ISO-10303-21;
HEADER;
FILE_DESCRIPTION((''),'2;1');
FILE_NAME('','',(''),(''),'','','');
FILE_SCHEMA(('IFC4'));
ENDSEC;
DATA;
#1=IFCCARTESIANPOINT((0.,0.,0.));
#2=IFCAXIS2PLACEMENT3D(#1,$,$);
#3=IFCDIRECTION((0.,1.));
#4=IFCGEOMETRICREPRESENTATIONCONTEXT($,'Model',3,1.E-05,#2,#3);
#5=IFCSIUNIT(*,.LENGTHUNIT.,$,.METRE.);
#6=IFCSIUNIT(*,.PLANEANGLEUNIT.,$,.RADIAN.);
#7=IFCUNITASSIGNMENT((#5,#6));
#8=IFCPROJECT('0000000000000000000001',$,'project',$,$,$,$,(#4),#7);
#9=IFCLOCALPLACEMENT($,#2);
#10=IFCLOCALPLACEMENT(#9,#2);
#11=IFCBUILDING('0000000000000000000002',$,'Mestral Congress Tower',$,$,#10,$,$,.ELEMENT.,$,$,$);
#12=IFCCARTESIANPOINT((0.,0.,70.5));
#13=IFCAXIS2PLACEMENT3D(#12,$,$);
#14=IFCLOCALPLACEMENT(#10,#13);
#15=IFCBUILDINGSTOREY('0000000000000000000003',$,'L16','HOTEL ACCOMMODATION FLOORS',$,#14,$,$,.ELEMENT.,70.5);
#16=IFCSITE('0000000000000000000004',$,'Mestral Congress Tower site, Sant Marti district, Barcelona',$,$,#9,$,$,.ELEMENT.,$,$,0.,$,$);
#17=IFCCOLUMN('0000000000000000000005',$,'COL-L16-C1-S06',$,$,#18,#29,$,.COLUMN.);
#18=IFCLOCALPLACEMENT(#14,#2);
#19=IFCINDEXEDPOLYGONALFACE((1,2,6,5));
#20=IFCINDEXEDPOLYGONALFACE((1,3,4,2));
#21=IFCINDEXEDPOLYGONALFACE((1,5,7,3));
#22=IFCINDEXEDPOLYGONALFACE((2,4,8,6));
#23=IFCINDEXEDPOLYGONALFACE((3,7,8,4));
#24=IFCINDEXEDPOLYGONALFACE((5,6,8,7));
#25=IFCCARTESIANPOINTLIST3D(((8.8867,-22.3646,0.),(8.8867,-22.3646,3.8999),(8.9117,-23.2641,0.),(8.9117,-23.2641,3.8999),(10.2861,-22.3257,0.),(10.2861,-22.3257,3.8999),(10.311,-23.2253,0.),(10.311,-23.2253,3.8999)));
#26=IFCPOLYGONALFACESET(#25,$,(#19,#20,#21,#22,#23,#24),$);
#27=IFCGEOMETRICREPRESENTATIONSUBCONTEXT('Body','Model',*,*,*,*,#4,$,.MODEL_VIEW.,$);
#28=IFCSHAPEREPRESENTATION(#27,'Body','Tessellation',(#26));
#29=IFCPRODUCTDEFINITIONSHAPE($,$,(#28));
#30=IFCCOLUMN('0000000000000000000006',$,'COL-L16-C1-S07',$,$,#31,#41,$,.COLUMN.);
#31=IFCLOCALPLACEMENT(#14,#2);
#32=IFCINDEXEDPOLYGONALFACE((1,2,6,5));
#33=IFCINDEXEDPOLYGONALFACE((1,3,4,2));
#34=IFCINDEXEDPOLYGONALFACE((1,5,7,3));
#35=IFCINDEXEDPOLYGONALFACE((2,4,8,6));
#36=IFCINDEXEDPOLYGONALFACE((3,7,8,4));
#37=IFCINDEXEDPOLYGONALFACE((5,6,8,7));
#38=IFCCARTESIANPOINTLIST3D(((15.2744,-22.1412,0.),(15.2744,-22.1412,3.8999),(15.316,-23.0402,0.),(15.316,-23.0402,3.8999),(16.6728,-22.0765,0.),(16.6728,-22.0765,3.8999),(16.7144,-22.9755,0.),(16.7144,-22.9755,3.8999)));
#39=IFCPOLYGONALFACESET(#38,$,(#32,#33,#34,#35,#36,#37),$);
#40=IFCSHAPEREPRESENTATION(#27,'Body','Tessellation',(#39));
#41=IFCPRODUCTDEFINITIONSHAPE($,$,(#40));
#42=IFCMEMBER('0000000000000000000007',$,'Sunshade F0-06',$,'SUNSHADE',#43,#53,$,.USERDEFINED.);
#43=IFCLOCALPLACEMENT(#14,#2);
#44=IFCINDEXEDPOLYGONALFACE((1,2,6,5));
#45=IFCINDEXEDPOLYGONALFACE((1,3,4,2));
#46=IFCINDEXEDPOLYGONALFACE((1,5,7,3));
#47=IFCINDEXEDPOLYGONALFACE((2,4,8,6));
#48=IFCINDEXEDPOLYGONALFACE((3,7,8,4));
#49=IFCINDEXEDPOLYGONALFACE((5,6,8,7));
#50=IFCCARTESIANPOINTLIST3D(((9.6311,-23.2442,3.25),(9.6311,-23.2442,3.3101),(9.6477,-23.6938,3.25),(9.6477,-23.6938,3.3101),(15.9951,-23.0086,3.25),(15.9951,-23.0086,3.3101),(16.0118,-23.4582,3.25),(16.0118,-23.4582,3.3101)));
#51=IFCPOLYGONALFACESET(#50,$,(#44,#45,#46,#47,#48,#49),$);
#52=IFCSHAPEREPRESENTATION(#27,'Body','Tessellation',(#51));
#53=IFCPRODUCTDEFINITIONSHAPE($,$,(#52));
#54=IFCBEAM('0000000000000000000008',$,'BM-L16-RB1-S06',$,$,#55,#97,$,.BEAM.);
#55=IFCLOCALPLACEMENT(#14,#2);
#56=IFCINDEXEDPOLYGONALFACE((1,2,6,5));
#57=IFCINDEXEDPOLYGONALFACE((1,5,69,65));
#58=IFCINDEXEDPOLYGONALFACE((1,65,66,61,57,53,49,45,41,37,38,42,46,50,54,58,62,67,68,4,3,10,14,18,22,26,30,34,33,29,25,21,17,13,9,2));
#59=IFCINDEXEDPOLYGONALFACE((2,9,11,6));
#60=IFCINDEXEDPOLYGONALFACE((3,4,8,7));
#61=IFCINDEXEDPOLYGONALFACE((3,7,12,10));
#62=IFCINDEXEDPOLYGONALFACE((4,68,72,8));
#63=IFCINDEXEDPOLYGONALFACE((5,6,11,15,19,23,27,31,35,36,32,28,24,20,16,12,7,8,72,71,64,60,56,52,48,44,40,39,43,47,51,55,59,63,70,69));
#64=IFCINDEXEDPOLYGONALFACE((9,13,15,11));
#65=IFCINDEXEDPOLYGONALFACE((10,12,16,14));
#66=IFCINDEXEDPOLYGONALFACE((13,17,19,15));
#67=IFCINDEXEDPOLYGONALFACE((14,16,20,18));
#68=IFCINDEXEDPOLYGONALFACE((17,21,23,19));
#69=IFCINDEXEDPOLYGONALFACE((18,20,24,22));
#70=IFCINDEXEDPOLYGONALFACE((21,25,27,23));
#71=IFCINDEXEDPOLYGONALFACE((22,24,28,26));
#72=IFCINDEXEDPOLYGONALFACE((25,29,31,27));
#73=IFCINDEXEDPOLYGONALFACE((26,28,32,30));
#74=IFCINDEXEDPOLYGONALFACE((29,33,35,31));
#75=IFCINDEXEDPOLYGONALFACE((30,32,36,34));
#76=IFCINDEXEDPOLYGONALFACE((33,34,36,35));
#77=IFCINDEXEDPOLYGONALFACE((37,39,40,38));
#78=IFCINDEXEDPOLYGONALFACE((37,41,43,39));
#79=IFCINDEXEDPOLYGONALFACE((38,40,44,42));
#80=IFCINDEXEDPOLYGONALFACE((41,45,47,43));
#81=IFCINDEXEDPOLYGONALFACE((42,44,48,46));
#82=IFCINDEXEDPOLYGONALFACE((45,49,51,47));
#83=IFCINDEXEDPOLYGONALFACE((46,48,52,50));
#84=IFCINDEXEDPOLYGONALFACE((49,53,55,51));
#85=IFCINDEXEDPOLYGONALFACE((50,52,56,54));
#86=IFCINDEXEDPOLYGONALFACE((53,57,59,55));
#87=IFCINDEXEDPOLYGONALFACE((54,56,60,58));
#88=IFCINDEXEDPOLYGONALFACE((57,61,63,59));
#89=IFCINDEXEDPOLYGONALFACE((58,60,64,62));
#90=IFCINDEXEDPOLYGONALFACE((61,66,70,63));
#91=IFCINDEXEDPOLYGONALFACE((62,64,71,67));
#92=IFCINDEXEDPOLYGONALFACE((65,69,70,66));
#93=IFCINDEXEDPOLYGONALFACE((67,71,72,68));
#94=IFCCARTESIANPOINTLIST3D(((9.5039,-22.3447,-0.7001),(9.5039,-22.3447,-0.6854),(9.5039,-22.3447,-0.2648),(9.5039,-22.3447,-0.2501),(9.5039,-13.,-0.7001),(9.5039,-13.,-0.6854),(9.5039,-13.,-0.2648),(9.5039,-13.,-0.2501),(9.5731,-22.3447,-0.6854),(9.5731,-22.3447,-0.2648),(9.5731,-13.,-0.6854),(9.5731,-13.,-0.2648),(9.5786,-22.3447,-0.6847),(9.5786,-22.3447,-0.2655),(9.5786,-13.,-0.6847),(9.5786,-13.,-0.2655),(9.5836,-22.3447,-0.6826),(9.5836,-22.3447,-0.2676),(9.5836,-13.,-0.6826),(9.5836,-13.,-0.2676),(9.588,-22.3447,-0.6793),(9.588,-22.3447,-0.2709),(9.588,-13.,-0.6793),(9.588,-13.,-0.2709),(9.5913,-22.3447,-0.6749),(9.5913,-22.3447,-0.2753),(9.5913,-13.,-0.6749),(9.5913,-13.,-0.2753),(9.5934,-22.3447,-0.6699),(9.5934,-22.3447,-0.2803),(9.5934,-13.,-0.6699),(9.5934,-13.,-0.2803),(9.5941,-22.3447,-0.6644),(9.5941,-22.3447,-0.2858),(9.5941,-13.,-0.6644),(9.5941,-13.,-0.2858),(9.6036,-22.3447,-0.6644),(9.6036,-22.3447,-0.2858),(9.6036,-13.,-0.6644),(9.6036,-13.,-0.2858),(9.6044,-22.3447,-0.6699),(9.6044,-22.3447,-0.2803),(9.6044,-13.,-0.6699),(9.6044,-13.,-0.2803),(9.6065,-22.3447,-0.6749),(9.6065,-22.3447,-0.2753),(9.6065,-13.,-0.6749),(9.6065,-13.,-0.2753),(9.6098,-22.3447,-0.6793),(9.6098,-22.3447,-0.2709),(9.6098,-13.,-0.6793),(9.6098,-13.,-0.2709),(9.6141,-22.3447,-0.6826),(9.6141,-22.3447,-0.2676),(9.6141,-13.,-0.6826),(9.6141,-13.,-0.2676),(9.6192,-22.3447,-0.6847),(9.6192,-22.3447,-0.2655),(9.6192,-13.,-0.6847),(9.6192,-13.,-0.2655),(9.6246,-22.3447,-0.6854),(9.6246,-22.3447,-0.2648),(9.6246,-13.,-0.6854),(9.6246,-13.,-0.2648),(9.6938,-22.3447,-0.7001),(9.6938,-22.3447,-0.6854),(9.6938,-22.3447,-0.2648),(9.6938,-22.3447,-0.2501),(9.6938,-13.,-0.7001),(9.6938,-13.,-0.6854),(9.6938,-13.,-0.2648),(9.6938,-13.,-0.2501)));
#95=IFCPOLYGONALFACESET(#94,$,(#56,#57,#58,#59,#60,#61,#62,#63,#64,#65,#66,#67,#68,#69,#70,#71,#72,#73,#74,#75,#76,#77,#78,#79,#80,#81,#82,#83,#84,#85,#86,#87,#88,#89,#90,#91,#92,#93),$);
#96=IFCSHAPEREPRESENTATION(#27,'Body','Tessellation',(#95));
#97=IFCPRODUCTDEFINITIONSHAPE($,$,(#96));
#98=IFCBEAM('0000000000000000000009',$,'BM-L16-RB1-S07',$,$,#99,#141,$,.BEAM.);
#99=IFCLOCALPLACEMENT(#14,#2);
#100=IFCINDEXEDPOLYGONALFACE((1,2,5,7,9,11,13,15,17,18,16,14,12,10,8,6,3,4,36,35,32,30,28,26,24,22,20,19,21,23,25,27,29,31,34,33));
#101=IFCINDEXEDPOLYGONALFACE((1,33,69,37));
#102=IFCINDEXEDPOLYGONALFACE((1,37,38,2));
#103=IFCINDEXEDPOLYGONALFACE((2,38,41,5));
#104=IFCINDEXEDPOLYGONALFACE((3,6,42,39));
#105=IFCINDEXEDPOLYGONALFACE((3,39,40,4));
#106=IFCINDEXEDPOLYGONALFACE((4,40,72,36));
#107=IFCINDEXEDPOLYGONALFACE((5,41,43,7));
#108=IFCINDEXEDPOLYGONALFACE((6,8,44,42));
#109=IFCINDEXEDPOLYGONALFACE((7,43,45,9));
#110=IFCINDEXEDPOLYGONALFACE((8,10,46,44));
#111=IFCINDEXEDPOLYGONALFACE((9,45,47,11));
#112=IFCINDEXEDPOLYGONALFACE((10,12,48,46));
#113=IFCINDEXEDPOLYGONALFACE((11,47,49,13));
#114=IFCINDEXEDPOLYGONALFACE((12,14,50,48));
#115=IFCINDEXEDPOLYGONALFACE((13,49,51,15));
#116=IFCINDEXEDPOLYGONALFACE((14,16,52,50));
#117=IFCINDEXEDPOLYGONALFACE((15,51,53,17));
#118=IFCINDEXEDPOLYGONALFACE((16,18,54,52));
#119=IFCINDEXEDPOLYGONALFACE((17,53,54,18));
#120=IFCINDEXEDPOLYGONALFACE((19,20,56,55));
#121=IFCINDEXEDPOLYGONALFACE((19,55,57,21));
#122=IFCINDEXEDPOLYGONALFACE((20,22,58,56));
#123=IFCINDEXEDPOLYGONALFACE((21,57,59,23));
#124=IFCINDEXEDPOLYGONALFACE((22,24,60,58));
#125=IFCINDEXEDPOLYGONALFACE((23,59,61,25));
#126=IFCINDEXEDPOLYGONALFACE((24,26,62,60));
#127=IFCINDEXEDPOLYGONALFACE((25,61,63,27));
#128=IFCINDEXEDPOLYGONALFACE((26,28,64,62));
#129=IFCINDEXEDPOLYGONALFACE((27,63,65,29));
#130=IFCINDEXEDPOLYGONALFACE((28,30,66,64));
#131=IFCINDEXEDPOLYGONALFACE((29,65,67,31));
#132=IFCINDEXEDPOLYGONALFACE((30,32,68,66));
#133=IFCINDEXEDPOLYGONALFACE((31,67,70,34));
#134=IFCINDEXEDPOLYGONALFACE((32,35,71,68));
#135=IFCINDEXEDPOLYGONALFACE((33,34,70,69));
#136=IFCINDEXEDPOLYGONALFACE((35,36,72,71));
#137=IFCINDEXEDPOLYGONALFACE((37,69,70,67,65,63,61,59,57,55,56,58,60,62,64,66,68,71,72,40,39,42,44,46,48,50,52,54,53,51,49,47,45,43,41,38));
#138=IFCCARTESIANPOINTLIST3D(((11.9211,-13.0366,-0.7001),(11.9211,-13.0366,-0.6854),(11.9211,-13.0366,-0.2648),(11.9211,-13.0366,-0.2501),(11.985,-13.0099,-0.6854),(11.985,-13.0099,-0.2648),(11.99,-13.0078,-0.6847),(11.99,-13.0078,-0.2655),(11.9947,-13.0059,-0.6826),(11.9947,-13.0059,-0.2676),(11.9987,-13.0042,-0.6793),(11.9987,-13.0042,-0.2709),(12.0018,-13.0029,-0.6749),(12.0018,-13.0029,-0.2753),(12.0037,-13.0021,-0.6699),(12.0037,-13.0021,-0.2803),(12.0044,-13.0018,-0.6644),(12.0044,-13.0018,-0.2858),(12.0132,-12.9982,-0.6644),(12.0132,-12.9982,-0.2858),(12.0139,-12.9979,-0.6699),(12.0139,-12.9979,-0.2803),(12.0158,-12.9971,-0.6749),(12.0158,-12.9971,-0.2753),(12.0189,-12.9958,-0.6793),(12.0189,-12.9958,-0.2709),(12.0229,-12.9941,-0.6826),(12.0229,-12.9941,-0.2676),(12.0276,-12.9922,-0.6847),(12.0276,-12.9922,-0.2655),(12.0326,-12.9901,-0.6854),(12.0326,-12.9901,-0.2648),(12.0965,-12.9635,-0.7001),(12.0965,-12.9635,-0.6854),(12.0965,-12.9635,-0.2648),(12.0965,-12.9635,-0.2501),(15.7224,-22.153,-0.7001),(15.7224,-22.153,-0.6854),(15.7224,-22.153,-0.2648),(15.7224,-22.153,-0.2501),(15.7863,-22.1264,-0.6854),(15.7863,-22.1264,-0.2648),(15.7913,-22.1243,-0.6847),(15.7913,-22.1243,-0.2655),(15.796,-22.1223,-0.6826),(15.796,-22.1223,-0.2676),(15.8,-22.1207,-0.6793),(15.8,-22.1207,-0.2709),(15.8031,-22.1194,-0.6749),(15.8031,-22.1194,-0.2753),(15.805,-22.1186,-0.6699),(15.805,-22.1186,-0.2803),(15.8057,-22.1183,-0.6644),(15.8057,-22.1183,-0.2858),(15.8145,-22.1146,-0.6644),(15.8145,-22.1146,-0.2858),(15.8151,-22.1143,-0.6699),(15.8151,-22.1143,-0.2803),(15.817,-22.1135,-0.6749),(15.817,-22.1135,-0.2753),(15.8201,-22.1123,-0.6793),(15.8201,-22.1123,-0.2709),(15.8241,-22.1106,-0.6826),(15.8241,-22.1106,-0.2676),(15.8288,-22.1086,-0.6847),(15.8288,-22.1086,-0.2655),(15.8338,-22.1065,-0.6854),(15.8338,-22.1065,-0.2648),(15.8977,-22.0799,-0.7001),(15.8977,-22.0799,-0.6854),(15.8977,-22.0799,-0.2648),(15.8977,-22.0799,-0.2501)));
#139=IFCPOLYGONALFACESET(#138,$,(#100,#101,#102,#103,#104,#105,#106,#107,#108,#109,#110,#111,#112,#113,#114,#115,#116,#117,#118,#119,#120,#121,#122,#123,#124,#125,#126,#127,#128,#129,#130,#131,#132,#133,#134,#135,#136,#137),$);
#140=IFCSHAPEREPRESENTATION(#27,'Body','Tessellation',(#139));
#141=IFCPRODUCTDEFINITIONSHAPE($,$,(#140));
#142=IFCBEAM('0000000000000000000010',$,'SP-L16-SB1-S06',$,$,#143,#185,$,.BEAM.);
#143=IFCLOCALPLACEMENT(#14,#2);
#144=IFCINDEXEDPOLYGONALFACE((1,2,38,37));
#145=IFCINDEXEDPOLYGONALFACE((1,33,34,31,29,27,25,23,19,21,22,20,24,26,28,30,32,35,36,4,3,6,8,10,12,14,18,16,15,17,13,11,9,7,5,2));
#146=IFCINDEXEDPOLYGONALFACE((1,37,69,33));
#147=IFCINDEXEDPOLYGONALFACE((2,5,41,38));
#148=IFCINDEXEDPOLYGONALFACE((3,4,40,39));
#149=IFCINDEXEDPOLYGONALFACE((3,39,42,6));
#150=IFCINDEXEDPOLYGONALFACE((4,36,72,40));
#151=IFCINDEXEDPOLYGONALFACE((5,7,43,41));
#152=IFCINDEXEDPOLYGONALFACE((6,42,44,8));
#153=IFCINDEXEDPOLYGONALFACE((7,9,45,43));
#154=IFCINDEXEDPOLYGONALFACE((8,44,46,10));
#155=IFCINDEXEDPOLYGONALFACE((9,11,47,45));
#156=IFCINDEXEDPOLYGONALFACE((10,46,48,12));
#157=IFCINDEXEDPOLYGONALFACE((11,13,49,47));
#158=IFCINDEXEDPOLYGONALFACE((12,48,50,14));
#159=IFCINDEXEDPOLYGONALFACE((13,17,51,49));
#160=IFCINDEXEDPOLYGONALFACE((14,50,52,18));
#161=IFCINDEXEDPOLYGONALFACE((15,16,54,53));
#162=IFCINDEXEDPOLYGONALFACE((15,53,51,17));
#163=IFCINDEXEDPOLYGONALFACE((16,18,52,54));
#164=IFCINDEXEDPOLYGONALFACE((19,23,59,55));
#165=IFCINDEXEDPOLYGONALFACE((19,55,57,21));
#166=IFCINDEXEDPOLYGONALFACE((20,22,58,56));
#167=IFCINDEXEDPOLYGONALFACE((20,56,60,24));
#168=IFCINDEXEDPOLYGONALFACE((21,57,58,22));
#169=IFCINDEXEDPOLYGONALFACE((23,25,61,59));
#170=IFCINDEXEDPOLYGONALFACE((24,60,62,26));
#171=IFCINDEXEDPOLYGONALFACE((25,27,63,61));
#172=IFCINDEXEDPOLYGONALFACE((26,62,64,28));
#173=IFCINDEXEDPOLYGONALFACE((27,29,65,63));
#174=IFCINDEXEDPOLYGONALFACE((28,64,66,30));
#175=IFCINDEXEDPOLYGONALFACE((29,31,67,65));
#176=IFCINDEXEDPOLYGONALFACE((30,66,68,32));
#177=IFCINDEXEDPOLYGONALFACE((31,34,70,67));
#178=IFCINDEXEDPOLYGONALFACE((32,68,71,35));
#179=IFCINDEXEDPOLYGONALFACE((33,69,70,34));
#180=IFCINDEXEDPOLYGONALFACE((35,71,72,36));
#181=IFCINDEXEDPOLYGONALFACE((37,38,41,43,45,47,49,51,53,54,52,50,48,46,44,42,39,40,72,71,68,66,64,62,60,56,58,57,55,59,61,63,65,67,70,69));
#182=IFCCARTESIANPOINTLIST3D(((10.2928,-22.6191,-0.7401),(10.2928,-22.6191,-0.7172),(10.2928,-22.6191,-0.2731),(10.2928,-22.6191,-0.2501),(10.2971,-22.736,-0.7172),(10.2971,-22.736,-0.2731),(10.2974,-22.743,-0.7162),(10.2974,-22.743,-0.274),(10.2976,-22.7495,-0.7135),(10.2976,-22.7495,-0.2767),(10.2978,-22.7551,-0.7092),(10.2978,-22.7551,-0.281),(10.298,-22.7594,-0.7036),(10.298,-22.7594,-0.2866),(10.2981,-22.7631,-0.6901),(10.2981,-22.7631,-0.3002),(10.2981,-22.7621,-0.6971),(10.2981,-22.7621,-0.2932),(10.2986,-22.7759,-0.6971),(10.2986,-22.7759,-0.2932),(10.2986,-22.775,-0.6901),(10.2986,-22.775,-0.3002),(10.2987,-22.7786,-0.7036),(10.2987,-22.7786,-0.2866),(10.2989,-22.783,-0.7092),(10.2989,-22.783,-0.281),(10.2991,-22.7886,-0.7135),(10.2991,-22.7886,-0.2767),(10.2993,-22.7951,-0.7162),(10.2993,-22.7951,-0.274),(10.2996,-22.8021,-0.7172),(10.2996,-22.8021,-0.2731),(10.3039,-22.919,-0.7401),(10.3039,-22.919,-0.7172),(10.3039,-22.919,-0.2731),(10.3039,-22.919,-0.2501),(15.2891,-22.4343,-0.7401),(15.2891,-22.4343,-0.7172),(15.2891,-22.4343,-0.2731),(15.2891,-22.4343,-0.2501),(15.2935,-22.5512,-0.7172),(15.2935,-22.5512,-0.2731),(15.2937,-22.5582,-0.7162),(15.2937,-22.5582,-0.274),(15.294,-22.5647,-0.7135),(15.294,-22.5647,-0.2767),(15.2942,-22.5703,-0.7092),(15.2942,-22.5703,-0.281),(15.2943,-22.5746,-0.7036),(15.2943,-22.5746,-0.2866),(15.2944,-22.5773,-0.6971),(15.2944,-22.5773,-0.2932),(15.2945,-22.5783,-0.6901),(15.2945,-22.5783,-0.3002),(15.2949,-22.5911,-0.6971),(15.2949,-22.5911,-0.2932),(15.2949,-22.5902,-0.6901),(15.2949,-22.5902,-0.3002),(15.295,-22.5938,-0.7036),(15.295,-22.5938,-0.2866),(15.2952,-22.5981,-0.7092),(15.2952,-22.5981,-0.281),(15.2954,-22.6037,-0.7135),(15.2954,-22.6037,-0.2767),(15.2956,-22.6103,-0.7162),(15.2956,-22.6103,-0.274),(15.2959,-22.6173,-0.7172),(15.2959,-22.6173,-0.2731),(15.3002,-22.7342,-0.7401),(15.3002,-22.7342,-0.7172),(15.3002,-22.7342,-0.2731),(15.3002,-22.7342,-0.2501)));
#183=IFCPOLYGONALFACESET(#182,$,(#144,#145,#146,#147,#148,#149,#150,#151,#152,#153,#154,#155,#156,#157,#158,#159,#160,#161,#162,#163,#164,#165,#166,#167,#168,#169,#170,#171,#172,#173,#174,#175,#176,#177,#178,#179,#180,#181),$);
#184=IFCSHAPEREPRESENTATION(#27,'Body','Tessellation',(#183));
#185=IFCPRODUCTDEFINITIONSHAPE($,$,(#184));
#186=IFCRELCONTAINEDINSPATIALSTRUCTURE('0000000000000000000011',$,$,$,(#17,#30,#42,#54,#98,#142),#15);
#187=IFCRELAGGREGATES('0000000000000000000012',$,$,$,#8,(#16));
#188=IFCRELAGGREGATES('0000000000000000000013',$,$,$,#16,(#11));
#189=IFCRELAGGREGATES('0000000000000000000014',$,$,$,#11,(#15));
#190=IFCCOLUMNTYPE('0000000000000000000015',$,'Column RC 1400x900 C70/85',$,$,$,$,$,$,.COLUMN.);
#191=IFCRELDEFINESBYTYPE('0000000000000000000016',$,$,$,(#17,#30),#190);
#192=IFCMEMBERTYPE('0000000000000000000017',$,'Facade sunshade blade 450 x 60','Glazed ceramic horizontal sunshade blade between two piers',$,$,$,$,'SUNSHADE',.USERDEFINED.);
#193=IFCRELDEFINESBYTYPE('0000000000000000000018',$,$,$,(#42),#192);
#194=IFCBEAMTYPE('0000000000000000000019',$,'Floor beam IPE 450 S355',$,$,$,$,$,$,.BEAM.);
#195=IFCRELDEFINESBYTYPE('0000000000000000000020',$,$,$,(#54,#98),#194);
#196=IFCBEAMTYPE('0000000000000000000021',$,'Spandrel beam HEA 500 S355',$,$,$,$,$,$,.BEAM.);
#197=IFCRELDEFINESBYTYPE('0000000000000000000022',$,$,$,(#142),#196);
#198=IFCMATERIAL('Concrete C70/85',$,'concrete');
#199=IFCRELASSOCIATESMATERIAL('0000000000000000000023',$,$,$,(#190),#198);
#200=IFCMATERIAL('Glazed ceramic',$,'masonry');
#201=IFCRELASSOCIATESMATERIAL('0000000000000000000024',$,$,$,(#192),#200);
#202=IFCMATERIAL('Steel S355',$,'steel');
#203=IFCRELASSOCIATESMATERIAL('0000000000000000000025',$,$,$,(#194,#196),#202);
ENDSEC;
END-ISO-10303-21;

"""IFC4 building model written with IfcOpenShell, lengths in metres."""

from ifc_helpers import new_model, si_unit, direction, frame, origin, origin_2d, place, context, subcontext, project, spatial, rectangle, i_section, extrude, material, material_profile, profile_set, type_object, element, save


model = new_model("IFC4")

# Units and contexts
model_context = context("Model", 3, precision=1e-05, world=origin(), true_north=direction((0.0, 1.0)))
body_context = subcontext(model_context, "Body", "Model", "MODEL_VIEW")
ifc_project = project(units=[si_unit("LENGTHUNIT", "METRE"), si_unit("PLANEANGLEUNIT", "RADIAN")], contexts=[model_context])

# Site, building, storey
site_placement = place(None, origin())
site = spatial("IfcSite", under=ifc_project, at=site_placement, Name="Mestral Congress Tower site, Sant Marti district, Barcelona", CompositionType="ELEMENT", RefElevation=0.0)
building_placement = place(site_placement, origin())
building = spatial("IfcBuilding", under=site, at=building_placement, Name="Mestral Congress Tower", CompositionType="ELEMENT")
storey_placement = place(building_placement, frame((0.0, 0.0, 70.5)))
storey = spatial("IfcBuildingStorey", under=building, at=storey_placement, Name="L16", Description="HOTEL ACCOMMODATION FLOORS", CompositionType="ELEMENT", Elevation=70.5)

# Columns
ifc_material_1 = material(Name="Concrete C70/85", Category="concrete")
ifc_material_profile_1 = material_profile(ifc_material_1, rectangle(XDim=1.3999, YDim=0.8999, at=origin_2d()), Name="RC 1400x900")
ifc_profile_set_1 = profile_set([ifc_material_profile_1], Name="Concrete C70/85")
column_type = type_object("IfcColumnType", Name="Column RC 1400x900 C70/85", PredefinedType="COLUMN", material=ifc_profile_set_1)
for number, where, z_axis, x_axis, name in (
    (1, (9.5989, -22.7949, 0.0), (0.0, 0.0, 1.0), (0.999616, 0.027726, 0.0), "COL-L16-C1-S06"),
    (2, (15.9944, -22.5583, 0.0), (0.0, 0.0, 1.0), (0.998932, 0.0462, 0.0), "COL-L16-C1-S07"),
):
    element("IfcColumn", number, at=place(storey_placement, frame(where, z_axis=z_axis, x_axis=x_axis)), inside=storey, type_object=column_type, Name=name, PredefinedType="COLUMN", context=body_context, shape_type="SweptSolid", body=[
        extrude(rectangle(XDim=1.3999, YDim=0.8999, at=origin_2d()), origin(), (0.0, 0.0, 1.0), 3.8999),
    ])

# Member
ifc_material_2 = material(Name="Glazed ceramic", Category="masonry")
ifc_material_profile_2 = material_profile(ifc_material_2, rectangle(XDim=0.45, YDim=0.0601, at=origin_2d()), Name="Ceramic blade 450 x 60")
ifc_profile_set_2 = profile_set([ifc_material_profile_2], Name="Glazed ceramic")
member_type = type_object("IfcMemberType", Name="Facade sunshade blade 450 x 60", Description="Glazed ceramic horizontal sunshade blade between two piers", ElementType="SUNSHADE", PredefinedType="USERDEFINED", material=ifc_profile_set_2)
member_placement = place(storey_placement, frame((9.6394, -23.469, 3.28), z_axis=(0.999315, 0.036995, 0.0), x_axis=(-0.036995, 0.999315, 0.0)))
element("IfcMember", 3, at=member_placement, inside=storey, type_object=member_type, Name="Sunshade F0-06", ObjectType="SUNSHADE", PredefinedType="USERDEFINED", context=body_context, shape_type="SweptSolid", body=[
    extrude(rectangle(XDim=0.45, YDim=0.0601, at=origin_2d()), origin(), (0.0, 0.0, 1.0), 6.3684),
])

# Beams
ifc_material_3 = material(Name="Steel S355", Category="steel")
ifc_material_profile_3 = material_profile(ifc_material_3, i_section(OverallWidth=0.1899, OverallDepth=0.45, WebThickness=0.0095, FlangeThickness=0.0146, FilletRadius=0.021, at=origin_2d()), Name="IPE 450")
ifc_profile_set_3 = profile_set([ifc_material_profile_3], Name="Steel S355")
beam_type_1 = type_object("IfcBeamType", Name="Floor beam IPE 450 S355", PredefinedType="BEAM", material=ifc_profile_set_3)
beam_1_placement = place(storey_placement, frame((9.5989, -22.3447, -0.4751), z_axis=(0.0, 1.0, 0.0), x_axis=(-1.0, 0.0, 0.0)))
element("IfcBeam", 4, at=beam_1_placement, inside=storey, type_object=beam_type_1, Name="BM-L16-RB1-S06", PredefinedType="BEAM", context=body_context, shape_type="SweptSolid", body=[
    extrude(i_section(OverallWidth=0.1899, OverallDepth=0.45, WebThickness=0.0095, FlangeThickness=0.0146, FilletRadius=0.021, at=origin_2d()), origin(), (0.0, 0.0, 1.0), 9.3447),
])
beam_2_placement = place(storey_placement, frame((15.8101, -22.1165, -0.4751), z_axis=(-0.384852, 0.922978, 0.0), x_axis=(-0.922978, -0.384852, 0.0)))
element("IfcBeam", 5, at=beam_2_placement, inside=storey, type_object=beam_type_1, Name="BM-L16-RB1-S07", PredefinedType="BEAM", context=body_context, shape_type="SweptSolid", body=[
    extrude(i_section(OverallWidth=0.1899, OverallDepth=0.45, WebThickness=0.0095, FlangeThickness=0.0146, FilletRadius=0.021, at=origin_2d()), origin(), (0.0, 0.0, 1.0), 9.8772),
])
ifc_material_profile_4 = material_profile(ifc_material_3, i_section(OverallWidth=0.3, OverallDepth=0.49, WebThickness=0.012, FlangeThickness=0.0229, FilletRadius=0.0271, at=origin_2d()), Name="HEA 500")
ifc_profile_set_4 = profile_set([ifc_material_profile_4], Name="Steel S355")
beam_type_2 = type_object("IfcBeamType", Name="Spandrel beam HEA 500 S355", PredefinedType="BEAM", material=ifc_profile_set_4)
beam_3_placement = place(storey_placement, frame((10.2983, -22.769, -0.4951), z_axis=(0.999317, 0.036965, 0.0), x_axis=(-0.036965, 0.999317, 0.0)))
element("IfcBeam", 6, at=beam_3_placement, inside=storey, type_object=beam_type_2, Name="SP-L16-SB1-S06", PredefinedType="BEAM", context=body_context, shape_type="SweptSolid", body=[
    extrude(i_section(OverallWidth=0.3, OverallDepth=0.49, WebThickness=0.012, FlangeThickness=0.0229, FilletRadius=0.0271, at=origin_2d()), origin(), (0.0, 0.0, 1.0), 4.9998),
])

save(model, "model.ifc")
